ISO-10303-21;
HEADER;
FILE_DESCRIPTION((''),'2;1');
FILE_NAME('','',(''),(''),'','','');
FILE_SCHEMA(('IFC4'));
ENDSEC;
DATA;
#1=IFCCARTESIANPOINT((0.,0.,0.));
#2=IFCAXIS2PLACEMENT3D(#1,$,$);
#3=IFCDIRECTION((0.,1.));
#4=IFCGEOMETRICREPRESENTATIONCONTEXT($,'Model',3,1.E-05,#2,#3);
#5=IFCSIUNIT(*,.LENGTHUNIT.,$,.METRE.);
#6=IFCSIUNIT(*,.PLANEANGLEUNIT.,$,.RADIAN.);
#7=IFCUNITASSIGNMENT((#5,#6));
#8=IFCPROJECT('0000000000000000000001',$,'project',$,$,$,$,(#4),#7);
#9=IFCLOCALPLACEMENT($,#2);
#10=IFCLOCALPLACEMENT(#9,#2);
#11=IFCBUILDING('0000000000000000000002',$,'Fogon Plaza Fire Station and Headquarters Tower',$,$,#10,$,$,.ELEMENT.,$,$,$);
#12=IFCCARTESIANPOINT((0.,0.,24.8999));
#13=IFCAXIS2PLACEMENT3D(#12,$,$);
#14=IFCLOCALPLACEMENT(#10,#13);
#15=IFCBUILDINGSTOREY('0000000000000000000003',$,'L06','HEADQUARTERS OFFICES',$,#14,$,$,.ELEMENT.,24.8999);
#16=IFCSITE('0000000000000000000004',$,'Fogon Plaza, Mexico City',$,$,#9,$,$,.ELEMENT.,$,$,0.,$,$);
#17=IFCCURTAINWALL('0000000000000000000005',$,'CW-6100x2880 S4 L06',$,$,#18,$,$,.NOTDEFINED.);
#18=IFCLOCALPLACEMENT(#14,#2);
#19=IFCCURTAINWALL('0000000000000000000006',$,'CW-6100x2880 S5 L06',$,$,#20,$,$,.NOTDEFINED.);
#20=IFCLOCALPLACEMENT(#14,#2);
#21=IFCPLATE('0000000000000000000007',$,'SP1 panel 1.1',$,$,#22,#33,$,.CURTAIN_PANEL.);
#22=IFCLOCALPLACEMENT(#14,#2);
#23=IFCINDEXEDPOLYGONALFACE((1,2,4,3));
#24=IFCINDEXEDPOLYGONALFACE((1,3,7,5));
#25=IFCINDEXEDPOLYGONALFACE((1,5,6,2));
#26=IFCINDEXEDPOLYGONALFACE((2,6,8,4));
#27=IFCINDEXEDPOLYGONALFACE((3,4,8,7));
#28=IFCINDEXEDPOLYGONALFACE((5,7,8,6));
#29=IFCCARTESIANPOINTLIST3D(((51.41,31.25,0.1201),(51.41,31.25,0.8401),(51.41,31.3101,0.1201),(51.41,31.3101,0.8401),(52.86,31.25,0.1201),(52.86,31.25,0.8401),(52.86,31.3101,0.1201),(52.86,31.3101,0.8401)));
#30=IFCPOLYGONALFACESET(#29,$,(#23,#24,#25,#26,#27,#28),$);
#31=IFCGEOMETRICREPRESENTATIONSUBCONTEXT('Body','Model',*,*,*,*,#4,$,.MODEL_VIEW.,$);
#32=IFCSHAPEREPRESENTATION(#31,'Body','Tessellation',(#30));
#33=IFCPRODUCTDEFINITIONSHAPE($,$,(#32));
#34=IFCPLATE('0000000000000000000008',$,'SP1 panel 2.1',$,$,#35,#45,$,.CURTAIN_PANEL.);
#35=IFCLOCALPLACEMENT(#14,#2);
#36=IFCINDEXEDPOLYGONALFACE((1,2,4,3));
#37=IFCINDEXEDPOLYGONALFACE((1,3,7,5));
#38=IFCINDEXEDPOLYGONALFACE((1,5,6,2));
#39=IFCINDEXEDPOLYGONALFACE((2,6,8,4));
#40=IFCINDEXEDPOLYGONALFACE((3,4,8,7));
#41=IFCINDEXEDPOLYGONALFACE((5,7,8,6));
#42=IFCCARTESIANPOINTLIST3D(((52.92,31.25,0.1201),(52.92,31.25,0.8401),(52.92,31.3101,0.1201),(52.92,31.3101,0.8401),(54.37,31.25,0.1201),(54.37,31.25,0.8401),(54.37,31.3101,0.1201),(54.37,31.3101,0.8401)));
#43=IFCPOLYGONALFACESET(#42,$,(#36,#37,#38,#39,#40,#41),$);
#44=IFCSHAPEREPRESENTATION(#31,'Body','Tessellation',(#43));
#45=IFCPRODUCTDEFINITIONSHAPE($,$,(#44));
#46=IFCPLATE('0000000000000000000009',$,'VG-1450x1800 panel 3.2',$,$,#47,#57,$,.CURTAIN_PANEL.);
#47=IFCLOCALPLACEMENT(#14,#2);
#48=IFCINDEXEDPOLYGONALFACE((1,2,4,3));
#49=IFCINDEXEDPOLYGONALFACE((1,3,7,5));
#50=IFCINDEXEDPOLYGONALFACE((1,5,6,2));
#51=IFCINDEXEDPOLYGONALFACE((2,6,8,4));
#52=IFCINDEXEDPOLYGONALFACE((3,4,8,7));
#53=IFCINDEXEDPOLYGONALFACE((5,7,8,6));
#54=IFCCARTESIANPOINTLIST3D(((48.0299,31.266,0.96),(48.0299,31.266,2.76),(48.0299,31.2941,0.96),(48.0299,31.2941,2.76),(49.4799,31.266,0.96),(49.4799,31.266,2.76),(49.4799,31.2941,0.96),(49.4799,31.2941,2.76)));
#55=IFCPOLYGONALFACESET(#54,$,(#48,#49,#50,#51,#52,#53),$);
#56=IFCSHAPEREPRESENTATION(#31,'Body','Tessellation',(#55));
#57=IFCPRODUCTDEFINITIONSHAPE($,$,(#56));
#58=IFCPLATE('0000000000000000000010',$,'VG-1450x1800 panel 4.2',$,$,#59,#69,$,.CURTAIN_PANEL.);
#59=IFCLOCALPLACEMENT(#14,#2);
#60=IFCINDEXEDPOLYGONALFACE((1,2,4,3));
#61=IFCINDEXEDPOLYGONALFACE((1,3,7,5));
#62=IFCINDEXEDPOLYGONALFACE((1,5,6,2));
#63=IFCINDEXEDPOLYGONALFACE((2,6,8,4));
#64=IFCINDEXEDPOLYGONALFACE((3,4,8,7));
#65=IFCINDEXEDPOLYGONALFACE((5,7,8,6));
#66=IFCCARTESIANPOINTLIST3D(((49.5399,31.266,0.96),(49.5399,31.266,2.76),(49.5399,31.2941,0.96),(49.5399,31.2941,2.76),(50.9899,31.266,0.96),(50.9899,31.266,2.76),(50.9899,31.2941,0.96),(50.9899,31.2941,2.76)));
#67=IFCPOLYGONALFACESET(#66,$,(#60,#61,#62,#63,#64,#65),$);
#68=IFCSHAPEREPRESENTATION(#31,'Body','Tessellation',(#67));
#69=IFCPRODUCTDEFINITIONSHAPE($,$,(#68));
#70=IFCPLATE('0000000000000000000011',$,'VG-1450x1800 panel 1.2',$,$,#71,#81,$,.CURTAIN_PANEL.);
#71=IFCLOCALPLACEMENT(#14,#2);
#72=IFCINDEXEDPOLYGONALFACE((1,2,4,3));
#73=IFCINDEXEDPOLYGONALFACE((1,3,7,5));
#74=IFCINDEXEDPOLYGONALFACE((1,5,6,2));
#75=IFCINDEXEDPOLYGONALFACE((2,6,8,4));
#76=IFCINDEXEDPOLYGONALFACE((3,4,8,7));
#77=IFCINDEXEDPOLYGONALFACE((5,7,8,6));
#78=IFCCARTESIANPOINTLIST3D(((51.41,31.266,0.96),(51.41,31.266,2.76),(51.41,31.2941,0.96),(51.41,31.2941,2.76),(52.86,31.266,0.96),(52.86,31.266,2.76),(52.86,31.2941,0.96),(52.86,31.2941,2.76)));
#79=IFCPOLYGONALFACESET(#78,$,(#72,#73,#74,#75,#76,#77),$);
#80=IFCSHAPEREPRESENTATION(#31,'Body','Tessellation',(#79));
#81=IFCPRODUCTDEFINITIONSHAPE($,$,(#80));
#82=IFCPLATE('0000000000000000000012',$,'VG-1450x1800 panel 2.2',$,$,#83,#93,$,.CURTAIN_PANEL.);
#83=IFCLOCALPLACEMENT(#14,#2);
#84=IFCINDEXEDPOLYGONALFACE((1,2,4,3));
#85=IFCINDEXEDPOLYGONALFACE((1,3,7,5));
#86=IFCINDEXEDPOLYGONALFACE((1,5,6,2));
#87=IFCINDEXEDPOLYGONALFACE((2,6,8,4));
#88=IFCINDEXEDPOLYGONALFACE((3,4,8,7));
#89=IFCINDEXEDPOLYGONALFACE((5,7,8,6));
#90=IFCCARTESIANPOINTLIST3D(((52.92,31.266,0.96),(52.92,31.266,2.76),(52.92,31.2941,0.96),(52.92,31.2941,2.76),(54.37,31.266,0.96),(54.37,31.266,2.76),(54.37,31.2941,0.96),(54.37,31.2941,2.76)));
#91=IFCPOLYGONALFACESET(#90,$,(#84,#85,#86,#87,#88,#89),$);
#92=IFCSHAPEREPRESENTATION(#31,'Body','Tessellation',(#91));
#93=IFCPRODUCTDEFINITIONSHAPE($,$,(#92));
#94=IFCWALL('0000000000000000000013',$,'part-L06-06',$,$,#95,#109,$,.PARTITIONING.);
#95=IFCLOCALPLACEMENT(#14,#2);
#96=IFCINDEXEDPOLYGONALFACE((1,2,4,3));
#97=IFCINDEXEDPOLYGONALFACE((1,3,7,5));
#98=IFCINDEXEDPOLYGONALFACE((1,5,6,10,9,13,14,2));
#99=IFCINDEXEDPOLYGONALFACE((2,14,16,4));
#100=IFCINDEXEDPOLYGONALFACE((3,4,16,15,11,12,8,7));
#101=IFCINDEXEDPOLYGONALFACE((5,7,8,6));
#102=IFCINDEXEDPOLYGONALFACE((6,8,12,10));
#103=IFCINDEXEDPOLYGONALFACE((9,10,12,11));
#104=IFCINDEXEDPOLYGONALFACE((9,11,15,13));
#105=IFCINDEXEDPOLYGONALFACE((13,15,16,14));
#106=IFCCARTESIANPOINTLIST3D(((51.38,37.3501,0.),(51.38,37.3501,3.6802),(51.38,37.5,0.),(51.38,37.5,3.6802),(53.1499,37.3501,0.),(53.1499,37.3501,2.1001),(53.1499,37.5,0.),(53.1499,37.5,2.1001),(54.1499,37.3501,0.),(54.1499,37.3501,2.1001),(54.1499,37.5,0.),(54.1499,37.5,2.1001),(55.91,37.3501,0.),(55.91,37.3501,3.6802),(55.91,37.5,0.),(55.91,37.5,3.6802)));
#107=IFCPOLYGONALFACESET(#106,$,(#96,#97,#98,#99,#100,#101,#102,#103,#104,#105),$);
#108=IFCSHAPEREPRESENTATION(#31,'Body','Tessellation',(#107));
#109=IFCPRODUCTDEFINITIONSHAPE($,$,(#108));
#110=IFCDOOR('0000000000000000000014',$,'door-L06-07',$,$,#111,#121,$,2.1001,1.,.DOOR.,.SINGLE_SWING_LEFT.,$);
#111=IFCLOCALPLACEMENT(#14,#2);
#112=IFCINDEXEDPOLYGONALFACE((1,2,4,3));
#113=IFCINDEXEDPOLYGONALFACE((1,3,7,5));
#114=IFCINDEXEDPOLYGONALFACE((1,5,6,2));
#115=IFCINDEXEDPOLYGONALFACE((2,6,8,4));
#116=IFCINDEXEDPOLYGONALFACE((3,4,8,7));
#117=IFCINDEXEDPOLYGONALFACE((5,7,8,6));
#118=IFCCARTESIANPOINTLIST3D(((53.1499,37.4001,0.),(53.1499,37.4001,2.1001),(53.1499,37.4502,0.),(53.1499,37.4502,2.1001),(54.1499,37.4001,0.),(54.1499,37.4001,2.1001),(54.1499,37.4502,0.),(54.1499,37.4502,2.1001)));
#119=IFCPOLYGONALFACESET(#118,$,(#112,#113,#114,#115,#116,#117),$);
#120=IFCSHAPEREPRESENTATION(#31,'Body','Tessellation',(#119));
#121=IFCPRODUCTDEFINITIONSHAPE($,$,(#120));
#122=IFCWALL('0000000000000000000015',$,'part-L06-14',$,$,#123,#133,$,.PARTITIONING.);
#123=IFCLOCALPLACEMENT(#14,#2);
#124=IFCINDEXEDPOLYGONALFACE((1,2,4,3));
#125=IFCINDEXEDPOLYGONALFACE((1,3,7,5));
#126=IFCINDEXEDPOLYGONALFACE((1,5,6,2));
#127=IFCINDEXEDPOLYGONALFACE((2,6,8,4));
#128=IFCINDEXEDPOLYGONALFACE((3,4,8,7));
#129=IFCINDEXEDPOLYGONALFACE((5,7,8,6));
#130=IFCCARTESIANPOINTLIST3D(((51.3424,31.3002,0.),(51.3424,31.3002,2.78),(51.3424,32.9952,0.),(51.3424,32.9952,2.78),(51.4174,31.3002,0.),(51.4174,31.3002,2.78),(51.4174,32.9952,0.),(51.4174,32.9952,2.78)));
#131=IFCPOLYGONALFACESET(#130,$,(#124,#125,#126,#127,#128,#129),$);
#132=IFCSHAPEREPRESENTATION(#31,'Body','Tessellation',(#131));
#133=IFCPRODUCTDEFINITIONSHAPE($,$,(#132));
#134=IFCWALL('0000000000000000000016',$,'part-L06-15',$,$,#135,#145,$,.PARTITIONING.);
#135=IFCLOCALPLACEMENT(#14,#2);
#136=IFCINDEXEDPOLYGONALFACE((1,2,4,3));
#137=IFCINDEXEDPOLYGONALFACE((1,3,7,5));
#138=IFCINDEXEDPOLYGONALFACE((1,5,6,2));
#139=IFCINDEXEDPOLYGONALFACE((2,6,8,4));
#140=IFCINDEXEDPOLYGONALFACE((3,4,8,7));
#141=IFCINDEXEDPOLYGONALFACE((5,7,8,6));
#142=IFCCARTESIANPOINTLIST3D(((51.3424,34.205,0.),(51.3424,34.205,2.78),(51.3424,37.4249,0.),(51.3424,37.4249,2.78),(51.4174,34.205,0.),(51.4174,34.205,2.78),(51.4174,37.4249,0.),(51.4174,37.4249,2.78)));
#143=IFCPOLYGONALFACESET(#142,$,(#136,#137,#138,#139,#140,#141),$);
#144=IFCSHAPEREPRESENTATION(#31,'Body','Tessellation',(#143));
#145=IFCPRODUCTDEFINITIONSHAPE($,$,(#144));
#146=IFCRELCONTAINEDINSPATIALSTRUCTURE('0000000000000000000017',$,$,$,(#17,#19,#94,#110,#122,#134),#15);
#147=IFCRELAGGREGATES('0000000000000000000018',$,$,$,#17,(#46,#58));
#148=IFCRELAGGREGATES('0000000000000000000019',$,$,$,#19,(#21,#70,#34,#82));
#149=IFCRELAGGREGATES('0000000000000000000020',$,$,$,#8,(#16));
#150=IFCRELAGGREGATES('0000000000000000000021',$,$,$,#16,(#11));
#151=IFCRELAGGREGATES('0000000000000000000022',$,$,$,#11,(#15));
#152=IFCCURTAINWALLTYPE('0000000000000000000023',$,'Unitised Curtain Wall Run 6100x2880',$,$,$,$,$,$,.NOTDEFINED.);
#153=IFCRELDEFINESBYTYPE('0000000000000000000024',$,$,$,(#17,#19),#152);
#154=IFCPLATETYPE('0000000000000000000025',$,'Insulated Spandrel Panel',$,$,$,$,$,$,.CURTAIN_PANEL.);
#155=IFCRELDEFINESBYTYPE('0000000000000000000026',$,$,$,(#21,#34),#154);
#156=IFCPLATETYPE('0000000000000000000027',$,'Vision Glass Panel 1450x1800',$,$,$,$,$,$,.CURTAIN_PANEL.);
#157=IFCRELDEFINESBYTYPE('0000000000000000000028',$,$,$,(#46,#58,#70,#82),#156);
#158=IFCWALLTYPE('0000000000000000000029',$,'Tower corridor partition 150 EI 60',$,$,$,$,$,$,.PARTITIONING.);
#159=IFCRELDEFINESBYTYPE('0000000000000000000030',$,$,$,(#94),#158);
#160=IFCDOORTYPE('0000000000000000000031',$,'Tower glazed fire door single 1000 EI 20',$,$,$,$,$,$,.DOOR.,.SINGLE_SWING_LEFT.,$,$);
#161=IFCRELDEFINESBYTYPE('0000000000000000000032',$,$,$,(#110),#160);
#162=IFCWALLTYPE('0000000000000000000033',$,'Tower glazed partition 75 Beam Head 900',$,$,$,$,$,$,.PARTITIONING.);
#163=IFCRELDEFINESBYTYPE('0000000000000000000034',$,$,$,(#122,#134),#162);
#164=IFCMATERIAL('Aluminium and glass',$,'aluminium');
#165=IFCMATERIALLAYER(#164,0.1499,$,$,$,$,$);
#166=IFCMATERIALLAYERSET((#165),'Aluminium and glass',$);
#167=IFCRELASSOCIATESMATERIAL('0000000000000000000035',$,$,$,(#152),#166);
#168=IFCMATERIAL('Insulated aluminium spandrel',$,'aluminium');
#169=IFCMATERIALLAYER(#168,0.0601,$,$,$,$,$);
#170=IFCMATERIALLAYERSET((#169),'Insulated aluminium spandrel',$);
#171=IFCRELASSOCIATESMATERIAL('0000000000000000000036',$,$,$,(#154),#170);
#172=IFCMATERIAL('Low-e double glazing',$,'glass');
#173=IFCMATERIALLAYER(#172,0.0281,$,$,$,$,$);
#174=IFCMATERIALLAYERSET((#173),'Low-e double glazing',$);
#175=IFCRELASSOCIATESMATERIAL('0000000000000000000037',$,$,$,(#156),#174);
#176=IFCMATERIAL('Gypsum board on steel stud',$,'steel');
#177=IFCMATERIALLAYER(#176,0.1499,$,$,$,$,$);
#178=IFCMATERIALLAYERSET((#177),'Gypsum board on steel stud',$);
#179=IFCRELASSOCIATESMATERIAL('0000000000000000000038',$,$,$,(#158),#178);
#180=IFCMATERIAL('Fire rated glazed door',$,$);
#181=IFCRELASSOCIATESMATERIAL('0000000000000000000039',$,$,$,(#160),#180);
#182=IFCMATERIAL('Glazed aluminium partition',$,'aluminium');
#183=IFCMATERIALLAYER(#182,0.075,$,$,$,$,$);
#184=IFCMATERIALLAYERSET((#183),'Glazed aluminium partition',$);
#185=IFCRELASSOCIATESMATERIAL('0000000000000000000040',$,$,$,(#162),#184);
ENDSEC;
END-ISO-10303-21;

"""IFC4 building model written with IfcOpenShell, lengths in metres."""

from ifc_helpers import new_model, si_unit, direction, frame, frame_2d, origin, origin_2d, place, context, subcontext, project, spatial, rectangle, extrude, material, layer, layer_set, type_object, element, fill, aggregate, save


model = new_model("IFC4")

# Units and contexts
model_context = context("Model", 3, precision=1e-05, world=origin(), true_north=direction((0.0, 1.0)))
body_context = subcontext(model_context, "Body", "Model", "MODEL_VIEW")
ifc_project = project(units=[si_unit("LENGTHUNIT", "METRE"), si_unit("PLANEANGLEUNIT", "RADIAN")], contexts=[model_context])

# Site, building, storey
site_placement = place(None, origin())
site = spatial("IfcSite", under=ifc_project, at=site_placement, Name="Fogon Plaza, Mexico City", CompositionType="ELEMENT", RefElevation=0.0)
building_placement = place(site_placement, origin())
building = spatial("IfcBuilding", under=site, at=building_placement, Name="Fogon Plaza Fire Station and Headquarters Tower", CompositionType="ELEMENT")
storey_placement = place(building_placement, frame((0.0, 0.0, 24.8999)))
storey = spatial("IfcBuildingStorey", under=building, at=storey_placement, Name="L06", Description="HEADQUARTERS OFFICES", CompositionType="ELEMENT", Elevation=24.8999)

# Curtain walls
ifc_material_1 = material(Name="Aluminium and glass", Category="aluminium")
ifc_layer_1 = layer(ifc_material_1, 0.1499)
ifc_layer_set_1 = layer_set([ifc_layer_1], Name="Aluminium and glass")
curtain_wall_type = type_object("IfcCurtainWallType", Name="Unitised Curtain Wall Run 6100x2880", PredefinedType="NOTDEFINED", material=ifc_layer_set_1)
curtain_wall_1_placement = place(storey_placement, origin())
curtain_wall_1 = element("IfcCurtainWall", 1, at=curtain_wall_1_placement, inside=storey, type_object=curtain_wall_type, Name="CW-6100x2880 S4 L06", PredefinedType="NOTDEFINED")
curtain_wall_2_placement = place(storey_placement, origin())
curtain_wall_2 = element("IfcCurtainWall", 2, at=curtain_wall_2_placement, inside=storey, type_object=curtain_wall_type, Name="CW-6100x2880 S5 L06", PredefinedType="NOTDEFINED")

# Plates
ifc_material_2 = material(Name="Insulated aluminium spandrel", Category="aluminium")
ifc_layer_2 = layer(ifc_material_2, 0.0601)
ifc_layer_set_2 = layer_set([ifc_layer_2], Name="Insulated aluminium spandrel")
plate_type_1 = type_object("IfcPlateType", Name="Insulated Spandrel Panel", PredefinedType="CURTAIN_PANEL", material=ifc_layer_set_2)
plate_1_placement = place(storey_placement, frame((52.135, 31.28, 0.1201), z_axis=(0.0, 0.0, 1.0), x_axis=(1.0, 0.0, 0.0)))
plate_1 = element("IfcPlate", 3, at=plate_1_placement, type_object=plate_type_1, Name="SP1 panel 1.1", PredefinedType="CURTAIN_PANEL", context=body_context, shape_type="SweptSolid", body=[
    extrude(rectangle(XDim=1.45, YDim=0.0601, at=origin_2d()), origin(), (0.0, 0.0, 1.0), 0.72),
])
plate_2_placement = place(storey_placement, frame((53.645, 31.28, 0.1201), z_axis=(0.0, 0.0, 1.0), x_axis=(1.0, 0.0, 0.0)))
plate_2 = element("IfcPlate", 4, at=plate_2_placement, type_object=plate_type_1, Name="SP1 panel 2.1", PredefinedType="CURTAIN_PANEL", context=body_context, shape_type="SweptSolid", body=[
    extrude(rectangle(XDim=1.45, YDim=0.0601, at=origin_2d()), origin(), (0.0, 0.0, 1.0), 0.72),
])
ifc_material_3 = material(Name="Low-e double glazing", Category="glass")
ifc_layer_3 = layer(ifc_material_3, 0.0281)
ifc_layer_set_3 = layer_set([ifc_layer_3], Name="Low-e double glazing")
plate_type_2 = type_object("IfcPlateType", Name="Vision Glass Panel 1450x1800", PredefinedType="CURTAIN_PANEL", material=ifc_layer_set_3)
plate_3_placement = place(storey_placement, frame((48.7549, 31.28, 0.96), z_axis=(0.0, 0.0, 1.0), x_axis=(1.0, 0.0, 0.0)))
plate_3 = element("IfcPlate", 5, at=plate_3_placement, type_object=plate_type_2, Name="VG-1450x1800 panel 3.2", PredefinedType="CURTAIN_PANEL", context=body_context, shape_type="SweptSolid", body=[
    extrude(rectangle(XDim=1.45, YDim=0.0281, at=origin_2d()), origin(), (0.0, 0.0, 1.0), 1.8),
])
plate_4_placement = place(storey_placement, frame((50.2649, 31.28, 0.96), z_axis=(0.0, 0.0, 1.0), x_axis=(1.0, 0.0, 0.0)))
plate_4 = element("IfcPlate", 6, at=plate_4_placement, type_object=plate_type_2, Name="VG-1450x1800 panel 4.2", PredefinedType="CURTAIN_PANEL", context=body_context, shape_type="SweptSolid", body=[
    extrude(rectangle(XDim=1.45, YDim=0.0281, at=origin_2d()), origin(), (0.0, 0.0, 1.0), 1.8),
])
aggregate(curtain_wall_1, [plate_3, plate_4])
plate_5_placement = place(storey_placement, frame((52.135, 31.28, 0.96), z_axis=(0.0, 0.0, 1.0), x_axis=(1.0, 0.0, 0.0)))
plate_5 = element("IfcPlate", 7, at=plate_5_placement, type_object=plate_type_2, Name="VG-1450x1800 panel 1.2", PredefinedType="CURTAIN_PANEL", context=body_context, shape_type="SweptSolid", body=[
    extrude(rectangle(XDim=1.45, YDim=0.0281, at=origin_2d()), origin(), (0.0, 0.0, 1.0), 1.8),
])
plate_6_placement = place(storey_placement, frame((53.645, 31.28, 0.96), z_axis=(0.0, 0.0, 1.0), x_axis=(1.0, 0.0, 0.0)))
plate_6 = element("IfcPlate", 8, at=plate_6_placement, type_object=plate_type_2, Name="VG-1450x1800 panel 2.2", PredefinedType="CURTAIN_PANEL", context=body_context, shape_type="SweptSolid", body=[
    extrude(rectangle(XDim=1.45, YDim=0.0281, at=origin_2d()), origin(), (0.0, 0.0, 1.0), 1.8),
])
aggregate(curtain_wall_2, [plate_1, plate_5, plate_2, plate_6])

# Wall, opening, door
ifc_material_4 = material(Name="Gypsum board on steel stud", Category="steel")
ifc_layer_4 = layer(ifc_material_4, 0.1499)
ifc_layer_set_4 = layer_set([ifc_layer_4], Name="Gypsum board on steel stud")
wall_type_1 = type_object("IfcWallType", Name="Tower corridor partition 150 EI 60", PredefinedType="PARTITIONING", material=ifc_layer_set_4)
wall_1_placement = place(storey_placement, frame((51.3799, 37.425, 0.0), z_axis=(0.0, 0.0, 1.0), x_axis=(1.0, 0.0, 0.0)))
wall_1 = element("IfcWall", 9, at=wall_1_placement, inside=storey, type_object=wall_type_1, Name="part-L06-06", PredefinedType="PARTITIONING", context=body_context, shape_type="SweptSolid", body=[
    extrude(rectangle(XDim=4.53, YDim=0.1499, at=frame_2d((2.2651, 0.0))), origin(), (0.0, 0.0, 1.0), 3.6802),
])
opening_placement = place(wall_1_placement, frame((1.77, 0.0, 0.0)))
opening = element("IfcOpeningElement", 10, at=opening_placement, cuts=wall_1, PredefinedType="OPENING", context=body_context, shape_type="SweptSolid", body=[
    extrude(rectangle(XDim=1.0, YDim=2.1001, at=frame_2d((0.5, 1.05))), frame((0.0, 0.085, 0.0), z_axis=(0.0, -1.0, 0.0), x_axis=(1.0, 0.0, 0.0)), (0.0, 0.0, 1.0), 0.1699),
])
ifc_material_5 = material(Name="Fire rated glazed door")
door_type = type_object("IfcDoorType", Name="Tower glazed fire door single 1000 EI 20", OperationType="SINGLE_SWING_LEFT", PredefinedType="DOOR", material=ifc_material_5)
door_placement = place(opening_placement, frame((1.0, 0.0, 0.0), z_axis=(0.0, 0.0, 1.0), x_axis=(-1.0, 0.0, 0.0)))
door = element("IfcDoor", 11, at=door_placement, inside=storey, type_object=door_type, Name="door-L06-07", OperationType="SINGLE_SWING_LEFT", OverallHeight=2.1001, OverallWidth=1.0, PredefinedType="DOOR", context=body_context, shape_type="SweptSolid", body=[
    extrude(rectangle(XDim=1.0, YDim=2.1001, at=frame_2d((0.5, 1.05))), frame((0.0, 0.0249, 0.0), z_axis=(0.0, -1.0, 0.0), x_axis=(1.0, 0.0, 0.0)), (0.0, 0.0, 1.0), 0.05),
])
fill(opening, door)

# Walls
ifc_material_6 = material(Name="Glazed aluminium partition", Category="aluminium")
ifc_layer_5 = layer(ifc_material_6, 0.075)
ifc_layer_set_5 = layer_set([ifc_layer_5], Name="Glazed aluminium partition")
wall_type_2 = type_object("IfcWallType", Name="Tower glazed partition 75 Beam Head 900", PredefinedType="PARTITIONING", material=ifc_layer_set_5)
wall_2_placement = place(storey_placement, frame((51.3799, 31.3, 0.0), z_axis=(0.0, 0.0, 1.0), x_axis=(0.0, 1.0, 0.0)))
element("IfcWall", 12, at=wall_2_placement, inside=storey, type_object=wall_type_2, Name="part-L06-14", PredefinedType="PARTITIONING", context=body_context, shape_type="SweptSolid", body=[
    extrude(rectangle(XDim=1.6951, YDim=0.075, at=frame_2d((0.8477, 0.0))), origin(), (0.0, 0.0, 1.0), 2.78),
])
wall_3_placement = place(storey_placement, frame((51.3799, 34.2051, 0.0), z_axis=(0.0, 0.0, 1.0), x_axis=(0.0, 1.0, 0.0)))
element("IfcWall", 13, at=wall_3_placement, inside=storey, type_object=wall_type_2, Name="part-L06-15", PredefinedType="PARTITIONING", context=body_context, shape_type="SweptSolid", body=[
    extrude(rectangle(XDim=3.22, YDim=0.075, at=frame_2d((1.6099, 0.0))), origin(), (0.0, 0.0, 1.0), 2.78),
])

save(model, "model.ifc")
